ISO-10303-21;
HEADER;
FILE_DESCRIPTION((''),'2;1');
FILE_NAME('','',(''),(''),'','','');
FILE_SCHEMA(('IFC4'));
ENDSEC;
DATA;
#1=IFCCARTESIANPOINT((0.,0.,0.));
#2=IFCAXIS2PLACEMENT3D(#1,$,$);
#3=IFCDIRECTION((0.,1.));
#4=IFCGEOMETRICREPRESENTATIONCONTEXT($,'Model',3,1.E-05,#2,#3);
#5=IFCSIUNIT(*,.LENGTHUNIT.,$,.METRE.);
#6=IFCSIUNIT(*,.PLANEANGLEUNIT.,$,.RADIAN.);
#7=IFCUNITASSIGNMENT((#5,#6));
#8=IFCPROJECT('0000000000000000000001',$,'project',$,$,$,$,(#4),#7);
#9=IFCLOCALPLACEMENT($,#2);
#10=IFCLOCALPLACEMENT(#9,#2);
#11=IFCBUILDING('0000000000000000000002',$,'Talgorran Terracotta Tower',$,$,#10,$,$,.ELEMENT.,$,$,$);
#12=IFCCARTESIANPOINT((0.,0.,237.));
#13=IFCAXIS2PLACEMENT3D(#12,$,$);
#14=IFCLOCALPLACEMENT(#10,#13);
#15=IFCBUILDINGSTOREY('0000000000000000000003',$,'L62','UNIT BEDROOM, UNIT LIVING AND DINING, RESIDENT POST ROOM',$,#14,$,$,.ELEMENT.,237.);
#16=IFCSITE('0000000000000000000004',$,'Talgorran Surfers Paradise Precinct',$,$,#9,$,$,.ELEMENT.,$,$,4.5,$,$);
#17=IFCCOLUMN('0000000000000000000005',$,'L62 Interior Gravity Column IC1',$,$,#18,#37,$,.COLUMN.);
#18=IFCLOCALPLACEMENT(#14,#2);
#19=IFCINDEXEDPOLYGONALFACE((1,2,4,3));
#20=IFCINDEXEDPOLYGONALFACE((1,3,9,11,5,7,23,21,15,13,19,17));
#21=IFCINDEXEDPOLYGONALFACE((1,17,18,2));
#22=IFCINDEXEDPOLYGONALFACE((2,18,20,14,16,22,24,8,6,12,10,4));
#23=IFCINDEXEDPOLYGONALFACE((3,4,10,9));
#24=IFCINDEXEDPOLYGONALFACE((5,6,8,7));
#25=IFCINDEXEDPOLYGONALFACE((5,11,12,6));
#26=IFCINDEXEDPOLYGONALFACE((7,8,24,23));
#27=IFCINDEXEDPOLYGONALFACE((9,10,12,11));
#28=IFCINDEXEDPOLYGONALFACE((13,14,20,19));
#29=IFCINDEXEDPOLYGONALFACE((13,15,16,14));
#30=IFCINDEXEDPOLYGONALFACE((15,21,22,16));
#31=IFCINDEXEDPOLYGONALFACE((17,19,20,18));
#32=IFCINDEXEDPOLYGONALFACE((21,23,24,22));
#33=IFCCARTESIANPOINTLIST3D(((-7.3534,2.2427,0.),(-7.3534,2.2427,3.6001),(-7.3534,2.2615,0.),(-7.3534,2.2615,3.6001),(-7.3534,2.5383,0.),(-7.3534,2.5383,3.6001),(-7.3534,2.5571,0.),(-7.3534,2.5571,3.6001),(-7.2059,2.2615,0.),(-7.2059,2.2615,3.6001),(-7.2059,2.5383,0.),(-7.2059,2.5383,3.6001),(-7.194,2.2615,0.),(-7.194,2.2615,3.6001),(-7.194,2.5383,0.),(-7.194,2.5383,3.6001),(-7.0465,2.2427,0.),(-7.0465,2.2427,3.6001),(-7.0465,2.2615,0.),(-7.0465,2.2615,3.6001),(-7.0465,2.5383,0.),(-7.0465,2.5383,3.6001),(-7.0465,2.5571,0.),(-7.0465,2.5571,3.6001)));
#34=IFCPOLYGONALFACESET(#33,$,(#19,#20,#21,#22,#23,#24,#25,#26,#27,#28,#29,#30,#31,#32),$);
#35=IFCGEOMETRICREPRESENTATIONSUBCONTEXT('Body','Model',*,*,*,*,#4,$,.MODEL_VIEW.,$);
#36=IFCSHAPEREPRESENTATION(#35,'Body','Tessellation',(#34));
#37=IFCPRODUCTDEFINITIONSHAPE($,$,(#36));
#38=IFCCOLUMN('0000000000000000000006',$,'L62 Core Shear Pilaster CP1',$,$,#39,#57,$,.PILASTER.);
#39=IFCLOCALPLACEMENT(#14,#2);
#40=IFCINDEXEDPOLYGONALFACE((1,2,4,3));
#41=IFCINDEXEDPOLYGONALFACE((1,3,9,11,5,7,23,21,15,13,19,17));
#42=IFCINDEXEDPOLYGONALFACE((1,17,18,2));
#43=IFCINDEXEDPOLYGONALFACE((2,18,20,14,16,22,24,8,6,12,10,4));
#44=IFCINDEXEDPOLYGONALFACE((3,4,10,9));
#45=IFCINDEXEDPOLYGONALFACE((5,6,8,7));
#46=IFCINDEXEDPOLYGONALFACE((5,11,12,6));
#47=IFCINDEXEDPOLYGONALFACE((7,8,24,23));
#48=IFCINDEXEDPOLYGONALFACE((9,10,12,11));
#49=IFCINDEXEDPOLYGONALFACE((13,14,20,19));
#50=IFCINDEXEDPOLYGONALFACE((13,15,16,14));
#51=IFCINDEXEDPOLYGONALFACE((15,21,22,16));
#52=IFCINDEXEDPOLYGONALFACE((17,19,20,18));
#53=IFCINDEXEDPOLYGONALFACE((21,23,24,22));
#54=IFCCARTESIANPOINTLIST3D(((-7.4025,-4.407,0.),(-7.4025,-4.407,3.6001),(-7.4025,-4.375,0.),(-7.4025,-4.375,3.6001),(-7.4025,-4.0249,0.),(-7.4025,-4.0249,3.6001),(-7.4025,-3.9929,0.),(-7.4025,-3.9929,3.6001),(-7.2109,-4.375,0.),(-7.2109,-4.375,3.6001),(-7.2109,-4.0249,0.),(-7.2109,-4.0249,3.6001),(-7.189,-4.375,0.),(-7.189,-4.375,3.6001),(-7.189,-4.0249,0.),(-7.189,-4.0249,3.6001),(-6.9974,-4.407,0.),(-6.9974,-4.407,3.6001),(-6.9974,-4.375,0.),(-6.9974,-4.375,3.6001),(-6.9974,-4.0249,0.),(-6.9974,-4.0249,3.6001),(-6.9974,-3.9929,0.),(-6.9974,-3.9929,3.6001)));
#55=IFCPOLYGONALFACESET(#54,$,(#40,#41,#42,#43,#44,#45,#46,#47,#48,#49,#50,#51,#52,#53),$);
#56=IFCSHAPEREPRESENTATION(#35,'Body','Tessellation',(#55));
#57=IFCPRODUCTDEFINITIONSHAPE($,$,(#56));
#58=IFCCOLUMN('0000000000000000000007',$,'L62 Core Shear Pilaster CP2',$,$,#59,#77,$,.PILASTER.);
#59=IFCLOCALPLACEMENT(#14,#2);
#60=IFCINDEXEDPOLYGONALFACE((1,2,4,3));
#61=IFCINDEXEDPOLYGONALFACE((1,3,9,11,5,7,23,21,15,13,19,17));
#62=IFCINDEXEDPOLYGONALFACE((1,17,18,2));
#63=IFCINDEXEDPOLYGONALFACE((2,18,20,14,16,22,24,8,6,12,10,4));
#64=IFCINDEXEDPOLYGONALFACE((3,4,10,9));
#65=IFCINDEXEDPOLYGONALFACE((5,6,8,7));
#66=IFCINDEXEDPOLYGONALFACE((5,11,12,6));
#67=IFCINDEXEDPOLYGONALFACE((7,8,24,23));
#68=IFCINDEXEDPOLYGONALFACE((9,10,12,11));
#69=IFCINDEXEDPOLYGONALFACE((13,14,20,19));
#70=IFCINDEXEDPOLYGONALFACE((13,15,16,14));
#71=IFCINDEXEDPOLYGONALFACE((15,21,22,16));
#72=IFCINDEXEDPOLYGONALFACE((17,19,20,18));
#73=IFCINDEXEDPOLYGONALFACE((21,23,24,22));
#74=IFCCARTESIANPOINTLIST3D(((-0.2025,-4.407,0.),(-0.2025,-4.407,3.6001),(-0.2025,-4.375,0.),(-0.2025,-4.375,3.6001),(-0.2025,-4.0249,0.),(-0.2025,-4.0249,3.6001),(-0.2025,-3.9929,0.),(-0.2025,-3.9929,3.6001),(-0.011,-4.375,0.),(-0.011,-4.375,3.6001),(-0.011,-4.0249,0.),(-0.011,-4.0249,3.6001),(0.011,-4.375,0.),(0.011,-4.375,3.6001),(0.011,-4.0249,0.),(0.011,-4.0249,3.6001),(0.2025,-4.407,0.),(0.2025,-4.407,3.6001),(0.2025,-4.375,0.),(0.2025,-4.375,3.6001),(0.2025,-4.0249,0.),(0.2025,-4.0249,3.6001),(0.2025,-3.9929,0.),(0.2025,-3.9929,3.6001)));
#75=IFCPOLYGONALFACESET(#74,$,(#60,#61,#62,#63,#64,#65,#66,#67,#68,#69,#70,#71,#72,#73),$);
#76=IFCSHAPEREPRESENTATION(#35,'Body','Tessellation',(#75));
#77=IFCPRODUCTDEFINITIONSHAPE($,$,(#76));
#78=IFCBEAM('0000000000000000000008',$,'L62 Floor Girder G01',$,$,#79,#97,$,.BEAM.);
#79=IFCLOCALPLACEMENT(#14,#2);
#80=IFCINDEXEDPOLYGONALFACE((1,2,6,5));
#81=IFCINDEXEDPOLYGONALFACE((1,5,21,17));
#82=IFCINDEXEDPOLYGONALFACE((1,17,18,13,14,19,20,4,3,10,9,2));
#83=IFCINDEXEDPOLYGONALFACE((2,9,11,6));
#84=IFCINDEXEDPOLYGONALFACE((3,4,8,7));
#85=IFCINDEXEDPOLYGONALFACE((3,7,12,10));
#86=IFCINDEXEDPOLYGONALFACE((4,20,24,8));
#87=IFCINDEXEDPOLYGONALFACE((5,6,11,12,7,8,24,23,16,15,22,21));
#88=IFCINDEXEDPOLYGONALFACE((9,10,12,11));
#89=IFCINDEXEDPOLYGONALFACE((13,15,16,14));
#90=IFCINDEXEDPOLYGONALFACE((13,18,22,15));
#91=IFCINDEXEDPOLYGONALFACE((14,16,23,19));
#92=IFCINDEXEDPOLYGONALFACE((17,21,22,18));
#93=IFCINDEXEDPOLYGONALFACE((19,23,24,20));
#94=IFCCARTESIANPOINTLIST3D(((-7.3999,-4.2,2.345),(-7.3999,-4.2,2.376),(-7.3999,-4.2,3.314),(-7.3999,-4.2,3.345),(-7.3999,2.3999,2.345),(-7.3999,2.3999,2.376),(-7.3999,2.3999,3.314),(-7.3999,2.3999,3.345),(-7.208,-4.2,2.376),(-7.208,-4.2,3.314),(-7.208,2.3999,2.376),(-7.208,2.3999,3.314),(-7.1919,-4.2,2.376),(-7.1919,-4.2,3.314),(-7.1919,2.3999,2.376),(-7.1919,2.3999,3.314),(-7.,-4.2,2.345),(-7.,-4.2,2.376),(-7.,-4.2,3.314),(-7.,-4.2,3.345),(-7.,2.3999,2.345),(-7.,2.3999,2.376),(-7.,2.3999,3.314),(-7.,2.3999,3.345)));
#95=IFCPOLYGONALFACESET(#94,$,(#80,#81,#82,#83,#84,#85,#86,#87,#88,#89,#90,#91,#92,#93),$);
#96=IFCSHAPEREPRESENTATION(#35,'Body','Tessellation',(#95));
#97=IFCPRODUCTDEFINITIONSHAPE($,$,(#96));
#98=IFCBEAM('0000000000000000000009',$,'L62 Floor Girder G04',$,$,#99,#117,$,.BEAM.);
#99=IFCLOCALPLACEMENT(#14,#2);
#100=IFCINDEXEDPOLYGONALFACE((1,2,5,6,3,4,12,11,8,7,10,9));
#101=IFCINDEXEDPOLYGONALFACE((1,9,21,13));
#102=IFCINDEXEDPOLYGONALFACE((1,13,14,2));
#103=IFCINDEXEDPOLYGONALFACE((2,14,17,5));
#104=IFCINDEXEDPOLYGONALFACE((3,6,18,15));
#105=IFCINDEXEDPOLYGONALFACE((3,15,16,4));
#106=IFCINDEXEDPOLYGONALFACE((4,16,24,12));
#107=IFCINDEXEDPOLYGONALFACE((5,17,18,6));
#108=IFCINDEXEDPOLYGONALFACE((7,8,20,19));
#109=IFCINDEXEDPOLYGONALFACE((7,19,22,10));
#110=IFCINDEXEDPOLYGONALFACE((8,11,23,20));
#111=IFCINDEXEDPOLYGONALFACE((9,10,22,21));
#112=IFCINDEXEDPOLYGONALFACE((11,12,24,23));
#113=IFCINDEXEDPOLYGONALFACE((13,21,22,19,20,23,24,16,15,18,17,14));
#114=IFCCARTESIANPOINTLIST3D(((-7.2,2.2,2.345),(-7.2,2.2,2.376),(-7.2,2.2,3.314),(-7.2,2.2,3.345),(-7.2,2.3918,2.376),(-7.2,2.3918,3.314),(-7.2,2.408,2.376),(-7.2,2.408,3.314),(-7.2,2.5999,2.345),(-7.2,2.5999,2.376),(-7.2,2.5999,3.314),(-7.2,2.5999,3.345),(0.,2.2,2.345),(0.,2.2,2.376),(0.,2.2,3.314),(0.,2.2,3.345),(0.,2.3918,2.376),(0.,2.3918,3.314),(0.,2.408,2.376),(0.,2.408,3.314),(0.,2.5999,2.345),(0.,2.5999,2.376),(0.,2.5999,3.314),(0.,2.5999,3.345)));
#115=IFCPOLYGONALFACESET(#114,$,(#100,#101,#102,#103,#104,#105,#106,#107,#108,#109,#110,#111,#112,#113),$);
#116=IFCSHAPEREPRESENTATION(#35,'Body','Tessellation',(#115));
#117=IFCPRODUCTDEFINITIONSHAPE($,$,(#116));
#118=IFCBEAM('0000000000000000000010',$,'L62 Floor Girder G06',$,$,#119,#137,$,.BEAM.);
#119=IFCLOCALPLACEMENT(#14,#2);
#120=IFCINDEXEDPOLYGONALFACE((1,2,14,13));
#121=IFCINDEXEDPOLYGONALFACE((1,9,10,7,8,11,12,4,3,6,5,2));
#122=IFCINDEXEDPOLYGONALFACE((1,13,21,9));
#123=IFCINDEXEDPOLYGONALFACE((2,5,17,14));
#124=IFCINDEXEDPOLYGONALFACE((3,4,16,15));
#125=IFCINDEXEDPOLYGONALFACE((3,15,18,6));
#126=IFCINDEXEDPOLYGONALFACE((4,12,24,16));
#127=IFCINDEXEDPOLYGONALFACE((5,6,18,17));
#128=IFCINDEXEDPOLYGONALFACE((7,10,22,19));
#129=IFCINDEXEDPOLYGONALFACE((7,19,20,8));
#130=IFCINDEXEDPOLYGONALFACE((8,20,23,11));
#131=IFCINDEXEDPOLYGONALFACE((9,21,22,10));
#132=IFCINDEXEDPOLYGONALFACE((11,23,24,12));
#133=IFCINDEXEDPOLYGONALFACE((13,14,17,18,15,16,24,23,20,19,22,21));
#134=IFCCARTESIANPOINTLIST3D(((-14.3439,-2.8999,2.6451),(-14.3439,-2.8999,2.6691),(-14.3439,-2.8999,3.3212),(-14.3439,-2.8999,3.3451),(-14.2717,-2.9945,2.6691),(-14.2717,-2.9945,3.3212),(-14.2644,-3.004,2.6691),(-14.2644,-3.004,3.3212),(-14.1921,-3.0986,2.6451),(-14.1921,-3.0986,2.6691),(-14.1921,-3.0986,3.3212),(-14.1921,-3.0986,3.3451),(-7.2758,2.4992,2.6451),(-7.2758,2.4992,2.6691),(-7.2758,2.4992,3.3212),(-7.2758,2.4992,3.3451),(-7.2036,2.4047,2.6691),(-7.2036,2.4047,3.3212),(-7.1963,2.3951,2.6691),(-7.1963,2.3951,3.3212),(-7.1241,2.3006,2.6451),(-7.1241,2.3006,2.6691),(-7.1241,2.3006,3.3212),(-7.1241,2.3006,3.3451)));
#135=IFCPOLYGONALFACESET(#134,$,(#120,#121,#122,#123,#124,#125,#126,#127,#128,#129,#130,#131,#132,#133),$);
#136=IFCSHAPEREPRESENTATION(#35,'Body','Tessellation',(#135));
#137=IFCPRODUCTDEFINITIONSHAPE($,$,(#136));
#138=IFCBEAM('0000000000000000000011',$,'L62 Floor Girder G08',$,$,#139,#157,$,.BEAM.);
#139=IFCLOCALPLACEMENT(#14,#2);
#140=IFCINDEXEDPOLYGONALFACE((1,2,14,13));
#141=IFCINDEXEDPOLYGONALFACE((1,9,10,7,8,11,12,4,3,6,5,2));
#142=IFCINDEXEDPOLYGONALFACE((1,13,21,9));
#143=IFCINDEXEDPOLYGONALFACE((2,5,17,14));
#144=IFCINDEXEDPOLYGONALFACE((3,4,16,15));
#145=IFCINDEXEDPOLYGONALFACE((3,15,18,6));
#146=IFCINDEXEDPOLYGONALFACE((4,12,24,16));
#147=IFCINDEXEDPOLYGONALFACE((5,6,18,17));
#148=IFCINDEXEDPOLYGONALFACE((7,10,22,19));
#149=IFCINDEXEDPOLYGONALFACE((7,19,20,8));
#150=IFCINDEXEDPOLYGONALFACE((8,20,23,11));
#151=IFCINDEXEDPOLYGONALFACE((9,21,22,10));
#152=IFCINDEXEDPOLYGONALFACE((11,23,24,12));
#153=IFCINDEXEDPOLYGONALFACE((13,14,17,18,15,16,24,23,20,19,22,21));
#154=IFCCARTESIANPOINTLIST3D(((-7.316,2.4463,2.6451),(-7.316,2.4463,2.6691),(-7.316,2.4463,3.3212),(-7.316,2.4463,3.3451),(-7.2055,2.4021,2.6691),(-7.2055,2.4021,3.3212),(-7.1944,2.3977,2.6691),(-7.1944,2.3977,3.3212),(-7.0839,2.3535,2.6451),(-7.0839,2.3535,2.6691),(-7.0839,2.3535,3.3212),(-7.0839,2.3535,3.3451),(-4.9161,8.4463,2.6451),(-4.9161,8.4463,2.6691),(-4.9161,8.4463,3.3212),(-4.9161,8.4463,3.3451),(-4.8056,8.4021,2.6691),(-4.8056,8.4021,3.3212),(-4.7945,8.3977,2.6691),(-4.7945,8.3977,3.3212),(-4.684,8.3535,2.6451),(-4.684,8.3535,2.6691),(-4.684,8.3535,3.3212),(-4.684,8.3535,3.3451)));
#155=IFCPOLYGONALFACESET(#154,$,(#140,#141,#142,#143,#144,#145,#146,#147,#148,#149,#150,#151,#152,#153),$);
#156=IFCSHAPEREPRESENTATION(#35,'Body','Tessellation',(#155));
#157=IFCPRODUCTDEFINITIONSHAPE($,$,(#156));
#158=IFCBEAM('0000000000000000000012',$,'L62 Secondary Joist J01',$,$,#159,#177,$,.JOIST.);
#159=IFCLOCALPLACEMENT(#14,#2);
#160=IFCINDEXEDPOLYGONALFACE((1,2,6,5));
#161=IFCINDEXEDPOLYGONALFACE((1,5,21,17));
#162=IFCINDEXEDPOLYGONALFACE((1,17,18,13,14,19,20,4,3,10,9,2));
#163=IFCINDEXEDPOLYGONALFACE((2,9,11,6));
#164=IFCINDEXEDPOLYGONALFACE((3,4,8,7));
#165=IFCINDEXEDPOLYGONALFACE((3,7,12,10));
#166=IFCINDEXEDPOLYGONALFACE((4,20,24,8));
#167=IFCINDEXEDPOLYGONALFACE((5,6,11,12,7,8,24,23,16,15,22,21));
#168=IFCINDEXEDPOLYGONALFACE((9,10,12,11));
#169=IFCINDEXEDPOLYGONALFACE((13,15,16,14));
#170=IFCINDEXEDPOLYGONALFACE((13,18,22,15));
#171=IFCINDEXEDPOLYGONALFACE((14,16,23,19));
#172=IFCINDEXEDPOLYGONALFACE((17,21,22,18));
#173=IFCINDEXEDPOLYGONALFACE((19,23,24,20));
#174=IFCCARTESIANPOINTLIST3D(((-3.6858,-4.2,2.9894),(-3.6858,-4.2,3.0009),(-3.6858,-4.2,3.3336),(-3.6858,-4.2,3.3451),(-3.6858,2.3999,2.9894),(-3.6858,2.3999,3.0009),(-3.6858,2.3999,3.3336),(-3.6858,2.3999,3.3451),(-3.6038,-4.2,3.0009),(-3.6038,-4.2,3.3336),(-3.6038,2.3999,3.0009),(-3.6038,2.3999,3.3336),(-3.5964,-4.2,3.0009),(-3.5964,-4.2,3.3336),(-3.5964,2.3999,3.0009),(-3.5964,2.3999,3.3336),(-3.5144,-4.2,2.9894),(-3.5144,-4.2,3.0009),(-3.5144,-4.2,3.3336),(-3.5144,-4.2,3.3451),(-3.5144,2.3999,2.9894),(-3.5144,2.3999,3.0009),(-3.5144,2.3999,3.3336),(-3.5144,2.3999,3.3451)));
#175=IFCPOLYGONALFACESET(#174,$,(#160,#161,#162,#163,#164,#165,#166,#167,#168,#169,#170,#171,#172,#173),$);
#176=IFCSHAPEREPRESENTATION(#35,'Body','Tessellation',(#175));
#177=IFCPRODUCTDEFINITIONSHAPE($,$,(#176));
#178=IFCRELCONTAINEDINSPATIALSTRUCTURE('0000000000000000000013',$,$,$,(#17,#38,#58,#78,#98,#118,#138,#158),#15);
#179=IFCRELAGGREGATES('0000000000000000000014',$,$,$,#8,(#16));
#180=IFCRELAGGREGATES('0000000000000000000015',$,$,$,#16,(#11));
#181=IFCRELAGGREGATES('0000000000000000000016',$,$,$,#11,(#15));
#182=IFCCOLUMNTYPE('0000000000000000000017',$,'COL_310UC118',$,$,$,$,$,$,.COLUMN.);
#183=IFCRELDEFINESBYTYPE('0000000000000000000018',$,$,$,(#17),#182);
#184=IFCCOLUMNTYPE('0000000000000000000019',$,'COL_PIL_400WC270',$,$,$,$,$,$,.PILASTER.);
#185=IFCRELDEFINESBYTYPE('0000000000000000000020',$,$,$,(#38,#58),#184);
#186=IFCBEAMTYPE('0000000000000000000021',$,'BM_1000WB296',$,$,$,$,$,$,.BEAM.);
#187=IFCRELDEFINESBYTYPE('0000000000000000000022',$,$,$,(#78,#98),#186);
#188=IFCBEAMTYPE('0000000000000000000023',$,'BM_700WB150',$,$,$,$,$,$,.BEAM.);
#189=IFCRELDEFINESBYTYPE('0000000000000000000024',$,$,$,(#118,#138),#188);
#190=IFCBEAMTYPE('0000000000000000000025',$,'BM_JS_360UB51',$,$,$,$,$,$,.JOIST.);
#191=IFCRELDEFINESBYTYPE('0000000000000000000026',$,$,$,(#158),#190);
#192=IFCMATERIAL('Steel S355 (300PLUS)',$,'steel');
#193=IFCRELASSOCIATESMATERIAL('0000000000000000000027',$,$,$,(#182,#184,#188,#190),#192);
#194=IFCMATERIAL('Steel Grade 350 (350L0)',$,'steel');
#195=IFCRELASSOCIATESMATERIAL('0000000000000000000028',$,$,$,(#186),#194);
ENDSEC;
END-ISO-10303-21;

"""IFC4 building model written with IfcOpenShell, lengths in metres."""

from ifc_helpers import new_model, si_unit, direction, frame, origin, origin_2d, place, context, subcontext, project, spatial, i_section, extrude, material, material_profile, profile_set, type_object, element, save


model = new_model("IFC4")

# Units and contexts
model_context = context("Model", 3, precision=1e-05, world=origin(), true_north=direction((0.0, 1.0)))
body_context = subcontext(model_context, "Body", "Model", "MODEL_VIEW")
ifc_project = project(units=[si_unit("LENGTHUNIT", "METRE"), si_unit("PLANEANGLEUNIT", "RADIAN")], contexts=[model_context])

# Site, building, storey
site_placement = place(None, origin())
site = spatial("IfcSite", under=ifc_project, at=site_placement, Name="Talgorran Surfers Paradise Precinct", CompositionType="ELEMENT", RefElevation=4.5)
building_placement = place(site_placement, origin())
building = spatial("IfcBuilding", under=site, at=building_placement, Name="Talgorran Terracotta Tower", CompositionType="ELEMENT")
storey_placement = place(building_placement, frame((0.0, 0.0, 237.0)))
storey = spatial("IfcBuildingStorey", under=building, at=storey_placement, Name="L62", Description="UNIT BEDROOM, UNIT LIVING AND DINING, RESIDENT POST ROOM", CompositionType="ELEMENT", Elevation=237.0)

# Columns
ifc_material_1 = material(Name="Steel S355 (300PLUS)", Category="steel")
ifc_material_profile_1 = material_profile(ifc_material_1, i_section(OverallWidth=0.3069, OverallDepth=0.3145, WebThickness=0.012, FlangeThickness=0.0188, at=origin_2d()), Name="310UC118")
ifc_profile_set_1 = profile_set([ifc_material_profile_1], Name="Steel S355 (300PLUS)")
column_type_1 = type_object("IfcColumnType", Name="COL_310UC118", PredefinedType="COLUMN", material=ifc_profile_set_1)
column_placement = place(storey_placement, frame((-7.2, 2.3999, 0.0), z_axis=(0.0, 0.0, 1.0), x_axis=(1.0, 0.0, 0.0)))
element("IfcColumn", 1, at=column_placement, inside=storey, type_object=column_type_1, Name="L62 Interior Gravity Column IC1", PredefinedType="COLUMN", context=body_context, shape_type="SweptSolid", body=[
    extrude(i_section(OverallWidth=0.3069, OverallDepth=0.3145, WebThickness=0.012, FlangeThickness=0.0188, at=origin_2d()), origin(), (0.0, 0.0, 1.0), 3.6001),
])
ifc_material_profile_2 = material_profile(ifc_material_1, i_section(OverallWidth=0.405, OverallDepth=0.4141, WebThickness=0.022, FlangeThickness=0.032, at=origin_2d()), Name="400WC270")
ifc_profile_set_2 = profile_set([ifc_material_profile_2], Name="Steel S355 (300PLUS)")
column_type_2 = type_object("IfcColumnType", Name="COL_PIL_400WC270", PredefinedType="PILASTER", material=ifc_profile_set_2)
for number, where, z_axis, x_axis, name in (
    (2, (-7.2, -4.2, 0.0), (0.0, 0.0, 1.0), (1.0, 0.0, 0.0), "L62 Core Shear Pilaster CP1"),
    (3, (0.0, -4.2, 0.0), (0.0, 0.0, 1.0), (1.0, 0.0, 0.0), "L62 Core Shear Pilaster CP2"),
):
    element("IfcColumn", number, at=place(storey_placement, frame(where, z_axis=z_axis, x_axis=x_axis)), inside=storey, type_object=column_type_2, Name=name, PredefinedType="PILASTER", context=body_context, shape_type="SweptSolid", body=[
        extrude(i_section(OverallWidth=0.405, OverallDepth=0.4141, WebThickness=0.022, FlangeThickness=0.032, at=origin_2d()), origin(), (0.0, 0.0, 1.0), 3.6001),
    ])

# Beams
ifc_material_2 = material(Name="Steel Grade 350 (350L0)", Category="steel")
ifc_material_profile_3 = material_profile(ifc_material_2, i_section(OverallWidth=0.3999, OverallDepth=1.0, WebThickness=0.0161, FlangeThickness=0.031, at=origin_2d()), Name="1000WB296")
ifc_profile_set_3 = profile_set([ifc_material_profile_3], Name="Steel Grade 350 (350L0)")
beam_type_1 = type_object("IfcBeamType", Name="BM_1000WB296", PredefinedType="BEAM", material=ifc_profile_set_3)
beam_1_placement = place(storey_placement, frame((-7.2, -4.2, 2.845), z_axis=(0.0, 1.0, 0.0), x_axis=(-1.0, 0.0, 0.0)))
element("IfcBeam", 4, at=beam_1_placement, inside=storey, type_object=beam_type_1, Name="L62 Floor Girder G01", PredefinedType="BEAM", context=body_context, shape_type="SweptSolid", body=[
    extrude(i_section(OverallWidth=0.3999, OverallDepth=1.0, WebThickness=0.0161, FlangeThickness=0.031, at=origin_2d()), origin(), (0.0, 0.0, 1.0), 6.5999),
])
beam_2_placement = place(storey_placement, frame((-7.2, 2.3999, 2.845), z_axis=(1.0, 0.0, 0.0), x_axis=(0.0, 1.0, 0.0)))
element("IfcBeam", 5, at=beam_2_placement, inside=storey, type_object=beam_type_1, Name="L62 Floor Girder G04", PredefinedType="BEAM", context=body_context, shape_type="SweptSolid", body=[
    extrude(i_section(OverallWidth=0.3999, OverallDepth=1.0, WebThickness=0.0161, FlangeThickness=0.031, at=origin_2d()), origin(), (0.0, 0.0, 1.0), 7.2),
])
ifc_material_profile_4 = material_profile(ifc_material_1, i_section(OverallWidth=0.25, OverallDepth=0.7, WebThickness=0.012, FlangeThickness=0.0239, at=origin_2d()), Name="700WB150")
ifc_profile_set_4 = profile_set([ifc_material_profile_4], Name="Steel S355 (300PLUS)")
beam_type_2 = type_object("IfcBeamType", Name="BM_700WB150", PredefinedType="BEAM", material=ifc_profile_set_4)
beam_3_placement = place(storey_placement, frame((-7.2, 2.3999, 2.9951), z_axis=(-0.794676, -0.607034, 0.0), x_axis=(0.607034, -0.794676, 0.0)))
element("IfcBeam", 6, at=beam_3_placement, inside=storey, type_object=beam_type_2, Name="L62 Floor Girder G06", PredefinedType="BEAM", context=body_context, shape_type="SweptSolid", body=[
    extrude(i_section(OverallWidth=0.25, OverallDepth=0.7, WebThickness=0.012, FlangeThickness=0.0239, at=origin_2d()), origin(), (0.0, 0.0, 1.0), 8.8943),
])
beam_4_placement = place(storey_placement, frame((-7.2, 2.3999, 2.9951), z_axis=(0.371378, 0.928482, 0.0), x_axis=(-0.928482, 0.371378, 0.0)))
element("IfcBeam", 7, at=beam_4_placement, inside=storey, type_object=beam_type_2, Name="L62 Floor Girder G08", PredefinedType="BEAM", context=body_context, shape_type="SweptSolid", body=[
    extrude(i_section(OverallWidth=0.25, OverallDepth=0.7, WebThickness=0.012, FlangeThickness=0.0239, at=origin_2d()), origin(), (0.0, 0.0, 1.0), 6.4622),
])
ifc_material_profile_5 = material_profile(ifc_material_1, i_section(OverallWidth=0.1714, OverallDepth=0.3557, WebThickness=0.0073, FlangeThickness=0.0115, at=origin_2d()), Name="360UB50.7")
ifc_profile_set_5 = profile_set([ifc_material_profile_5], Name="Steel S355 (300PLUS)")
beam_type_3 = type_object("IfcBeamType", Name="BM_JS_360UB51", PredefinedType="JOIST", material=ifc_profile_set_5)
beam_5_placement = place(storey_placement, frame((-3.6001, -4.2, 3.1672), z_axis=(0.0, 1.0, 0.0), x_axis=(-1.0, 0.0, 0.0)))
element("IfcBeam", 8, at=beam_5_placement, inside=storey, type_object=beam_type_3, Name="L62 Secondary Joist J01", PredefinedType="JOIST", context=body_context, shape_type="SweptSolid", body=[
    extrude(i_section(OverallWidth=0.1714, OverallDepth=0.3557, WebThickness=0.0073, FlangeThickness=0.0115, at=origin_2d()), origin(), (0.0, 0.0, 1.0), 6.5999),
])

save(model, "model.ifc")
